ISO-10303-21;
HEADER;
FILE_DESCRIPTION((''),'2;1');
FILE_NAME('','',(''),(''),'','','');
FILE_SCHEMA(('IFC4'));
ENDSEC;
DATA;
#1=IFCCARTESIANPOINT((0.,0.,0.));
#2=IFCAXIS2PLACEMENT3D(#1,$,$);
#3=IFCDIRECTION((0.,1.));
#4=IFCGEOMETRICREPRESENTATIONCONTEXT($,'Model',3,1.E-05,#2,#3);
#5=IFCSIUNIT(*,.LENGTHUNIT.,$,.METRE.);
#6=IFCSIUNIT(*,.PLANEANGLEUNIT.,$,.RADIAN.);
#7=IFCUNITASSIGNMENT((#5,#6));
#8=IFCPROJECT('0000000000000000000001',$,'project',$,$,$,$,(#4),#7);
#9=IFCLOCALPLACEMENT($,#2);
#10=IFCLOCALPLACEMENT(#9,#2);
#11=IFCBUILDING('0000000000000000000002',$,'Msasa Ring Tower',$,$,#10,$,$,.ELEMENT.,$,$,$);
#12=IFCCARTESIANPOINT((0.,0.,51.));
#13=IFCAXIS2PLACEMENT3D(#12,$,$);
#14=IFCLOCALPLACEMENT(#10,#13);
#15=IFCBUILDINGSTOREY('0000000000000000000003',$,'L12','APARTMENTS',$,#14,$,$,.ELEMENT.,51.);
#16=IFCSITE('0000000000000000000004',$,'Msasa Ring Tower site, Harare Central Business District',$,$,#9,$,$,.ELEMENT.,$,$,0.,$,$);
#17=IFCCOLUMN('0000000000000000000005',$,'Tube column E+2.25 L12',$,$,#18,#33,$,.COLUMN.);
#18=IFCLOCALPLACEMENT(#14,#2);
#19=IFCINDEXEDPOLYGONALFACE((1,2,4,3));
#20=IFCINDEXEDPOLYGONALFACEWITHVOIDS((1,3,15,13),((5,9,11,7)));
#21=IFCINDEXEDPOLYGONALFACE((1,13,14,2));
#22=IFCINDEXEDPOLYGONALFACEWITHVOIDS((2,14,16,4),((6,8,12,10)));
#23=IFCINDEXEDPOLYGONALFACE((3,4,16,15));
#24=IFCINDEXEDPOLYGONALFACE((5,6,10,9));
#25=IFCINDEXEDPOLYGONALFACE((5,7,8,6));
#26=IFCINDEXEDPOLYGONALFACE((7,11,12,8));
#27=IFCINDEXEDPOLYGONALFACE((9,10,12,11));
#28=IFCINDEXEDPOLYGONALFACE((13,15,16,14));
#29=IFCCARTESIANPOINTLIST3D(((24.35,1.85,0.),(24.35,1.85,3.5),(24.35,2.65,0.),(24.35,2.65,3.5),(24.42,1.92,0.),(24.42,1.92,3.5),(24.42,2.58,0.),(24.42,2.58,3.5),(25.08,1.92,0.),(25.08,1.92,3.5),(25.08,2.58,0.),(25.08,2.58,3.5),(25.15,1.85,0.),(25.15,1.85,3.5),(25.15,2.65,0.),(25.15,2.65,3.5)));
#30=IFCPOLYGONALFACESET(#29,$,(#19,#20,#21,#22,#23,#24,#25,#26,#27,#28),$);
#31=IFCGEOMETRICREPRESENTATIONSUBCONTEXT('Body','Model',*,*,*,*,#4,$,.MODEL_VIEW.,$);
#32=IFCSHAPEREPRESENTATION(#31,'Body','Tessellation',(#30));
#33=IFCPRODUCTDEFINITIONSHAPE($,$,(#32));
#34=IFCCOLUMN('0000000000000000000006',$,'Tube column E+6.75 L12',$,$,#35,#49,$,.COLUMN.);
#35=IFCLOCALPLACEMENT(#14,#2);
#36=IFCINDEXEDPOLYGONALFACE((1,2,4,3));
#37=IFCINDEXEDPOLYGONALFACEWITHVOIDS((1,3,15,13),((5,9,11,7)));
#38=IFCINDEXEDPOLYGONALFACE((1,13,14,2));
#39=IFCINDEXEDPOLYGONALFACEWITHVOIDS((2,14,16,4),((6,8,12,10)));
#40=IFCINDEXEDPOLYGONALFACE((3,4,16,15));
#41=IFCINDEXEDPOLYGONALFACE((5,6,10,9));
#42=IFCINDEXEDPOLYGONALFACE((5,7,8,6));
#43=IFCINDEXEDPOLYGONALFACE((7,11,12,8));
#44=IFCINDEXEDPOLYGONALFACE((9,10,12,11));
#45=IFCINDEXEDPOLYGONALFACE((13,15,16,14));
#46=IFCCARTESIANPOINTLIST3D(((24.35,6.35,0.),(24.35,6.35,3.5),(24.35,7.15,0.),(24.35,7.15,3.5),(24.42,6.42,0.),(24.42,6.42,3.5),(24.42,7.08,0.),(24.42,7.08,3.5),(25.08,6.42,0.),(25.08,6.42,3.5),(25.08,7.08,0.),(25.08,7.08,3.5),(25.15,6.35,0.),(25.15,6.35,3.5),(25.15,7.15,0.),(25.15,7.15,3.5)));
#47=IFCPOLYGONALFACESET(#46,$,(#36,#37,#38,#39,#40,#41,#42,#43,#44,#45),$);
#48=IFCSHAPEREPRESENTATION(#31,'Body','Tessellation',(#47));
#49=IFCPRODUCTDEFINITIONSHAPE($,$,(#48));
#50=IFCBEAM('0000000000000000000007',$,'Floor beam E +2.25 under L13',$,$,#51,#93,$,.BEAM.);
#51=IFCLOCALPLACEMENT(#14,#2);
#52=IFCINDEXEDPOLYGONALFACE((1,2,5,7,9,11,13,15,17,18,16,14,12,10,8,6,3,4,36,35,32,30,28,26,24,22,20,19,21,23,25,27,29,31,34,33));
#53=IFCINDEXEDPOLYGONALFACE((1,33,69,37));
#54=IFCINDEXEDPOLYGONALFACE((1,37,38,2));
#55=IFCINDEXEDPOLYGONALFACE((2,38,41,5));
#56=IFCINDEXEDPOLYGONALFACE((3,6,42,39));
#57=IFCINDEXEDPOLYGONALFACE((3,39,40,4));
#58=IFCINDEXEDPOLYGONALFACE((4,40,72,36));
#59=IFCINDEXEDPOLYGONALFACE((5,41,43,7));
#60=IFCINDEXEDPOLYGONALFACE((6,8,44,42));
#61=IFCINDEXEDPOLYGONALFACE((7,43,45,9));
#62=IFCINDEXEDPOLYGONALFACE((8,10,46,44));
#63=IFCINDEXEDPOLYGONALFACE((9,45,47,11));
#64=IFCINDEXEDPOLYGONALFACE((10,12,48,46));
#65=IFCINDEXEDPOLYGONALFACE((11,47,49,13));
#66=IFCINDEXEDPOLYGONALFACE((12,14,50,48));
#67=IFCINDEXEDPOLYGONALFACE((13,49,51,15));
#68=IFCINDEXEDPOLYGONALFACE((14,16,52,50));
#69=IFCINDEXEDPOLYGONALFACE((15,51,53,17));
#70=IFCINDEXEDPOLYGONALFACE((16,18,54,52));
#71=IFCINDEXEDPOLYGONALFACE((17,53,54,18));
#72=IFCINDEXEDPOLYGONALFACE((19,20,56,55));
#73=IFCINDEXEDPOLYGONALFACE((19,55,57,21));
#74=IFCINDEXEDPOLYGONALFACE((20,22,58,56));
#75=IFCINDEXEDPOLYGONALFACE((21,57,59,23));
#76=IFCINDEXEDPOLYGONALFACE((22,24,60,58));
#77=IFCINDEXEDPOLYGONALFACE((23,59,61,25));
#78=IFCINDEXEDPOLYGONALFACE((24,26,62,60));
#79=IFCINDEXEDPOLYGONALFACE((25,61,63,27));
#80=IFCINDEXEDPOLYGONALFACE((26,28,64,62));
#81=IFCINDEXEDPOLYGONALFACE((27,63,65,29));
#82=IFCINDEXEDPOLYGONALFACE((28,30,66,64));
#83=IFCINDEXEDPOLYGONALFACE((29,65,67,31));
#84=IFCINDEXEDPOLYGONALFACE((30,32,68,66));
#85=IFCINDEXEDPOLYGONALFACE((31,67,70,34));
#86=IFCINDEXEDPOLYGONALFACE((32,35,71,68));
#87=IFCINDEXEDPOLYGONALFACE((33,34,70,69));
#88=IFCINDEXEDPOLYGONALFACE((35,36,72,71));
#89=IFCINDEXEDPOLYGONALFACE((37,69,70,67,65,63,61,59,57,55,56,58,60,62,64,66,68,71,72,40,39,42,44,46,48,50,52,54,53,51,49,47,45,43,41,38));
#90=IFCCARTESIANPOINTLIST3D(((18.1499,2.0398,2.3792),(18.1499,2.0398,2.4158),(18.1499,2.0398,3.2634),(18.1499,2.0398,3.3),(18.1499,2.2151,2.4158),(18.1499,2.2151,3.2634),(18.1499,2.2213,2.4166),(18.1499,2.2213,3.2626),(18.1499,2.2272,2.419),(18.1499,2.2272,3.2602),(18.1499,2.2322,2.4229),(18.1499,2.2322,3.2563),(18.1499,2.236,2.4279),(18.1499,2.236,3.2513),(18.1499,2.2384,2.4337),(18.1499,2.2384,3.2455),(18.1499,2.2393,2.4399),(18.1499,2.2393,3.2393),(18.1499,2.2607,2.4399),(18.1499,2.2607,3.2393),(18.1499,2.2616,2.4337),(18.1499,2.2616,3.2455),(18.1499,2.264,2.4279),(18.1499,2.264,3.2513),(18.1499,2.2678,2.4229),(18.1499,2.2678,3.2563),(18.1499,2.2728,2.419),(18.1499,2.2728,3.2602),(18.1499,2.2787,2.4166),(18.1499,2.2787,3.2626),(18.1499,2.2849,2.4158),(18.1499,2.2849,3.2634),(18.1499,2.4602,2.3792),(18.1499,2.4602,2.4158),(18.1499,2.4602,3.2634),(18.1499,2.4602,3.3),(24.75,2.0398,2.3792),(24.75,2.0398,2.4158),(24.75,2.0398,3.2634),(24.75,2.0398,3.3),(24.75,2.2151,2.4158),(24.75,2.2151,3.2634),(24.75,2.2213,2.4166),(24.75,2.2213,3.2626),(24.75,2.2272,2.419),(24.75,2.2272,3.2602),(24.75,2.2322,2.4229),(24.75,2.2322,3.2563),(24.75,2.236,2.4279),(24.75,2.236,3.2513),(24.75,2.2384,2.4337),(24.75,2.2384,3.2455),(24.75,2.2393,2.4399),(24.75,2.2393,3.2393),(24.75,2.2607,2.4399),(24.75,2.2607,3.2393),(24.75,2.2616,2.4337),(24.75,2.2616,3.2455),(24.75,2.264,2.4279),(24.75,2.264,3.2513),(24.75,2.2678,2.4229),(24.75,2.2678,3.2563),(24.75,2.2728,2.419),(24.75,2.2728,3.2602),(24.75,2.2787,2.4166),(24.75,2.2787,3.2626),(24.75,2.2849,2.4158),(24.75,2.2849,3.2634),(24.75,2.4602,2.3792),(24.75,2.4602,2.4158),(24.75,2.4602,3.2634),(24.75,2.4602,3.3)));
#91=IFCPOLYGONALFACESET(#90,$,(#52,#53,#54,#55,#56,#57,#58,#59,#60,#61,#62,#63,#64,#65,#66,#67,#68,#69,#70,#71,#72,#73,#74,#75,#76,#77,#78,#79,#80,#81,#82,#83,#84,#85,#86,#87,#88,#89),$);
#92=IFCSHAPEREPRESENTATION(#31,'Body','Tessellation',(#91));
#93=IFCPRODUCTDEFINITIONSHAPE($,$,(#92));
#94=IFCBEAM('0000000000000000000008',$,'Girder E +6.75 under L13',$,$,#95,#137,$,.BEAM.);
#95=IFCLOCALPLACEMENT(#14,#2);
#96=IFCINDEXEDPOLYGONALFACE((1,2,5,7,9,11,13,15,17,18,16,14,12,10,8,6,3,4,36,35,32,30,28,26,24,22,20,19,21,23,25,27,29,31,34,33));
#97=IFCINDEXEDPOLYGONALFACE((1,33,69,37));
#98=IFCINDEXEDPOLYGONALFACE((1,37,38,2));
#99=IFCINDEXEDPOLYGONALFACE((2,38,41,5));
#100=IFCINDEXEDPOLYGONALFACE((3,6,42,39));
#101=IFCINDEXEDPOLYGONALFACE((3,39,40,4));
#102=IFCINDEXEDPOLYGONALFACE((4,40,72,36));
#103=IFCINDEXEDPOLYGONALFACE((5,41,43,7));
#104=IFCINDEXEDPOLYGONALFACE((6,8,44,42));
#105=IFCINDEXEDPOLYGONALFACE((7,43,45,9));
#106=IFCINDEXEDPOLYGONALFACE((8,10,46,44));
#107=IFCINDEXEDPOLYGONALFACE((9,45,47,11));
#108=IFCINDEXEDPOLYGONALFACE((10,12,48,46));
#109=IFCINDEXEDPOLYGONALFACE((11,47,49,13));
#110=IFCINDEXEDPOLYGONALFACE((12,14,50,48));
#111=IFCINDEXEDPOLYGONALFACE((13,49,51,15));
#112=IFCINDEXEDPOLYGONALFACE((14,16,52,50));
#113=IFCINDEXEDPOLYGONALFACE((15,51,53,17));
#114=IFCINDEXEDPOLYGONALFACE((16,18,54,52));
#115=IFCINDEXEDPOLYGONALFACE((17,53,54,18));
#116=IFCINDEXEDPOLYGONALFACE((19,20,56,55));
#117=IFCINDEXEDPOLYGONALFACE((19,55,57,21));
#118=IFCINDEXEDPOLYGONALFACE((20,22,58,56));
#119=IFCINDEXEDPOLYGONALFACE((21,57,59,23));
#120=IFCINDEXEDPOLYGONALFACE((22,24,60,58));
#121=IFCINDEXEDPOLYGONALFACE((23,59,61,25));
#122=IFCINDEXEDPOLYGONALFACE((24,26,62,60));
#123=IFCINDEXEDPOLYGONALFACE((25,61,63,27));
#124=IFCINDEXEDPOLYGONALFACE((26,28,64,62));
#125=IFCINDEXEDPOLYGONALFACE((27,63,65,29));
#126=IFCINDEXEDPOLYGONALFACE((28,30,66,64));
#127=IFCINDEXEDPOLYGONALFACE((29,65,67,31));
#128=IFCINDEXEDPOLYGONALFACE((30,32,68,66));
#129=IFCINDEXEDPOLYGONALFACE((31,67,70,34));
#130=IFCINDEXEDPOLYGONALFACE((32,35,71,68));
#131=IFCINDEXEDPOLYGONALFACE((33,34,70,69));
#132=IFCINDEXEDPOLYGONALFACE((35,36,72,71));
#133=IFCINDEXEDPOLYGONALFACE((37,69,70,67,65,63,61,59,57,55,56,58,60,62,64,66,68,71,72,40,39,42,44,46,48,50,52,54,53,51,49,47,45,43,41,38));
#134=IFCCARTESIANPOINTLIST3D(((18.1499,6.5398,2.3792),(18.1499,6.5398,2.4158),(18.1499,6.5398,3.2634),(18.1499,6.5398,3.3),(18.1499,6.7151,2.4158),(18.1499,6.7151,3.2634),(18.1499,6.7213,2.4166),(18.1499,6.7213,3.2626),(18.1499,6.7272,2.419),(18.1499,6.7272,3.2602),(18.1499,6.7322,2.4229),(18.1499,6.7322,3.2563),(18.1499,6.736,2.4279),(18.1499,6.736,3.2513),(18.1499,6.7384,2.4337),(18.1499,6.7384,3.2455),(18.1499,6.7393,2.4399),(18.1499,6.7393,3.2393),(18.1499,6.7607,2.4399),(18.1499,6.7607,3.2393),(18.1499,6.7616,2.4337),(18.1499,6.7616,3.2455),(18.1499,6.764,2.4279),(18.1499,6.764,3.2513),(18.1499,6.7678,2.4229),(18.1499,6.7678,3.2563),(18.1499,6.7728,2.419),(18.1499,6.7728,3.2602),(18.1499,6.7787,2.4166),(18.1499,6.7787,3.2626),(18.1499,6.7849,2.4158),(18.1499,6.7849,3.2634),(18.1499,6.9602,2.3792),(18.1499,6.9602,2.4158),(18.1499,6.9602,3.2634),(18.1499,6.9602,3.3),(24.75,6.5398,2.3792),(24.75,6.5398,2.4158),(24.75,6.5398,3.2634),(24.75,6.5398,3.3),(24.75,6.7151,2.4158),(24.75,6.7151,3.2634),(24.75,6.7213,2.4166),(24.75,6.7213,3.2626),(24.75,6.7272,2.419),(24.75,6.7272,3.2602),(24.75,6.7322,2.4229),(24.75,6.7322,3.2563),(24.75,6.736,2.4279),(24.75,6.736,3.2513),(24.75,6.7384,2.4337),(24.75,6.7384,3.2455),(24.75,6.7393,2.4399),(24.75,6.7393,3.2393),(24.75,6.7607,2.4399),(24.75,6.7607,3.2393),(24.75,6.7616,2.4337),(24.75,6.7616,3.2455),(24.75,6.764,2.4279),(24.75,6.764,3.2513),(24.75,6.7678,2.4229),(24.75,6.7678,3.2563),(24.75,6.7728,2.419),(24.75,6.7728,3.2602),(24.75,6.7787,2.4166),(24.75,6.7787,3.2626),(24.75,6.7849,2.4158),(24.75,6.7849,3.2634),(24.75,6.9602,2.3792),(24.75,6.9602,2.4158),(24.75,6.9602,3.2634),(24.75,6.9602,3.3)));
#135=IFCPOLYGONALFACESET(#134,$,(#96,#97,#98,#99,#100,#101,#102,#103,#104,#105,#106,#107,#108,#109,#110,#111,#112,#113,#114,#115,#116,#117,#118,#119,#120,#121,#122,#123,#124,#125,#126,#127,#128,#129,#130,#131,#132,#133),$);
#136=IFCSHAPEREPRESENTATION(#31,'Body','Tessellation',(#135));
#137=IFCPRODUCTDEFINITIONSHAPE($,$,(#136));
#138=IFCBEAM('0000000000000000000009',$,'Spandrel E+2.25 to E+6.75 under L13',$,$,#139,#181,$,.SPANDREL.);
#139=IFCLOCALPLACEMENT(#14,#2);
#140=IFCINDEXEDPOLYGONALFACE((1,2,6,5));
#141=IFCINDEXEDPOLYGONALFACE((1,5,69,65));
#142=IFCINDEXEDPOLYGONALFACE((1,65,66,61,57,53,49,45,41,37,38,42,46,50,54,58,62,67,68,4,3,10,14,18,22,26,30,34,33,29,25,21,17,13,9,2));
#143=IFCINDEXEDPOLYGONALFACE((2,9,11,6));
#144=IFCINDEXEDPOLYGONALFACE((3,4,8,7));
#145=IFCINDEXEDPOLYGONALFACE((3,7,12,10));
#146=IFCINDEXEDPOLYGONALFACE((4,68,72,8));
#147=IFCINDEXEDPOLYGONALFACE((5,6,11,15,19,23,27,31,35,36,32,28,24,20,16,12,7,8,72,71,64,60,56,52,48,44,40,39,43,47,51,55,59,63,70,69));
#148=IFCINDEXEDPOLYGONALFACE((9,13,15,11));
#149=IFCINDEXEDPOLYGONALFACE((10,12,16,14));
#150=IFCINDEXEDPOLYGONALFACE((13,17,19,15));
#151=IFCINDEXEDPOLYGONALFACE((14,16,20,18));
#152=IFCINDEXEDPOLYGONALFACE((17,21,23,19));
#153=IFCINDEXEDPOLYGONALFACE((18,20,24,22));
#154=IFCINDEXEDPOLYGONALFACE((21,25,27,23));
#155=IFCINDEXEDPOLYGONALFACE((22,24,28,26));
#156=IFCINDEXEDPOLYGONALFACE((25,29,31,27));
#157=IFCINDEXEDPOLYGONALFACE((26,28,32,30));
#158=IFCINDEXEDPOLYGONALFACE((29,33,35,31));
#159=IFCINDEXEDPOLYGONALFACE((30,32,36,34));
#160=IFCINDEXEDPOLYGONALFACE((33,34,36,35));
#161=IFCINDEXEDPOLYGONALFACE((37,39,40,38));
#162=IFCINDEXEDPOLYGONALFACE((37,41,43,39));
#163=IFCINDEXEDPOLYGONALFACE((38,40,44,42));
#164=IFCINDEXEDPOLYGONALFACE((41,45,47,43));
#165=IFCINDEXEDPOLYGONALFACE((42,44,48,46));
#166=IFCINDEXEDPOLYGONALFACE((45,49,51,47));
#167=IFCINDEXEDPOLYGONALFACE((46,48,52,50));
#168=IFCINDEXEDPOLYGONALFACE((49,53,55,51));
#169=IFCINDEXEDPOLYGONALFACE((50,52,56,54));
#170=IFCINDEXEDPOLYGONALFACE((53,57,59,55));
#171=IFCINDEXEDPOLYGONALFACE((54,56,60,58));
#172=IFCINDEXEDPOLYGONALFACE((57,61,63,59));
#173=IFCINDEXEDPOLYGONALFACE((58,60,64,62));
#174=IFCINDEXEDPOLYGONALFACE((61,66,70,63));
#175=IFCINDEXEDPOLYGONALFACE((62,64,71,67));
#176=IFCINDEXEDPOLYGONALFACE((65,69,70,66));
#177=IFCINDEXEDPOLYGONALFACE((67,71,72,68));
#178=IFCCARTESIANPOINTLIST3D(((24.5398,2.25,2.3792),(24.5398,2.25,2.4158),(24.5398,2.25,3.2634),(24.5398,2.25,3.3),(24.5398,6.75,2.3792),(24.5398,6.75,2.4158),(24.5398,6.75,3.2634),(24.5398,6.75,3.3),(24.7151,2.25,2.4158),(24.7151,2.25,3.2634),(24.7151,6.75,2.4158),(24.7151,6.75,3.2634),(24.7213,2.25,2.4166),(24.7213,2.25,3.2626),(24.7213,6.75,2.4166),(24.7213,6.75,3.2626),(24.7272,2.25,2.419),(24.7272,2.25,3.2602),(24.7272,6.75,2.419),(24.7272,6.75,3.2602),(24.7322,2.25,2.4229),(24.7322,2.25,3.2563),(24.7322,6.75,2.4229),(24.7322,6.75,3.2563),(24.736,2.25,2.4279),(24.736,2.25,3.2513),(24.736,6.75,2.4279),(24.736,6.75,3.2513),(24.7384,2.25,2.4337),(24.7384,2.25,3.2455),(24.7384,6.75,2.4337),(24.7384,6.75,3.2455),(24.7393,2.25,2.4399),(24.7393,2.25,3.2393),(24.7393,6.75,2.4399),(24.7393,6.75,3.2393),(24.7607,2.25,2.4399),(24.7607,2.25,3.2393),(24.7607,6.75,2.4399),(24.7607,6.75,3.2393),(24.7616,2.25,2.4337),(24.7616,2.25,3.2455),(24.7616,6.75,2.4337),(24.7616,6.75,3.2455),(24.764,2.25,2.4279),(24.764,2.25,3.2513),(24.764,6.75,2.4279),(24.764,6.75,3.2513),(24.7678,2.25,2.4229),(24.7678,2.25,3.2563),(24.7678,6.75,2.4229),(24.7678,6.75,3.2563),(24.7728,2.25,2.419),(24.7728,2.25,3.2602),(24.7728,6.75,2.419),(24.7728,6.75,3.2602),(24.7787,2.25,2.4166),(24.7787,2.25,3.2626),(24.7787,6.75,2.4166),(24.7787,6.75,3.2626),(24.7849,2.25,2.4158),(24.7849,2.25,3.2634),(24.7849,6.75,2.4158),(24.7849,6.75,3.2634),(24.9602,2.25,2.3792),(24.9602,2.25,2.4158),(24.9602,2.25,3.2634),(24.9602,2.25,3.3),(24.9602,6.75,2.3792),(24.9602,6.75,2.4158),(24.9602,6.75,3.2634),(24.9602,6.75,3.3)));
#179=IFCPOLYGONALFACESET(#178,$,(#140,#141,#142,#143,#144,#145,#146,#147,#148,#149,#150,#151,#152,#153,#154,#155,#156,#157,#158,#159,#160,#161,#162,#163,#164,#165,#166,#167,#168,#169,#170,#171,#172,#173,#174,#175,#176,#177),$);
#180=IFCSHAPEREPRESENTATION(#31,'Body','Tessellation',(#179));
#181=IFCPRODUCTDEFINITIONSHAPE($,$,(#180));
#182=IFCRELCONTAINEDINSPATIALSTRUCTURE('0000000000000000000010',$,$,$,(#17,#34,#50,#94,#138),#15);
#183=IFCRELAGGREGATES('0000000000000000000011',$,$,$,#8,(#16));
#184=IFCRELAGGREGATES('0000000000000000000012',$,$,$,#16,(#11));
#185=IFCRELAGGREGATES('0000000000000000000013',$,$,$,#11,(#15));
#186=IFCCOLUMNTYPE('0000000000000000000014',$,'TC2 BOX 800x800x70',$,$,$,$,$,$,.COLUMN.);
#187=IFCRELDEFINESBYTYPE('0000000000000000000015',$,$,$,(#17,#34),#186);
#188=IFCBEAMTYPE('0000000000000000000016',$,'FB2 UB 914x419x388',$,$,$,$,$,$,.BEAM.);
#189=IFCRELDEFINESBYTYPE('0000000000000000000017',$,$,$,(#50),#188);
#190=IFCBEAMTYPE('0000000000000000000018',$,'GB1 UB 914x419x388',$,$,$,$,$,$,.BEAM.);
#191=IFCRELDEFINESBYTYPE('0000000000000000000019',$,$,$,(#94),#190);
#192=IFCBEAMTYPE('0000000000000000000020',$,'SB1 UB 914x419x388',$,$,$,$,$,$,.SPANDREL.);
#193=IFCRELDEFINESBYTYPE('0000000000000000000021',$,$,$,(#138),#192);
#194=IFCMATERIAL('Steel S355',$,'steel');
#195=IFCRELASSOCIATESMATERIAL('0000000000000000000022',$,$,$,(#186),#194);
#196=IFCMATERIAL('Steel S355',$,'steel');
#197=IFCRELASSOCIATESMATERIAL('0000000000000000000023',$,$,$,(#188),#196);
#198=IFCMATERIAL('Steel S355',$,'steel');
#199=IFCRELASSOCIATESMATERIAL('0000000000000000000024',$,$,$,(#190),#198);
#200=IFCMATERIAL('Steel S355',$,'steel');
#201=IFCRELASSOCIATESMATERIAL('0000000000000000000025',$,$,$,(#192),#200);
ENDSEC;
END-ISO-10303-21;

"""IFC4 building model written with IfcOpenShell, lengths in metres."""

from ifc_helpers import new_model, si_unit, direction, frame, origin, origin_2d, place, context, subcontext, project, spatial, hollow_rectangle, i_section, extrude, material, material_profile, profile_set, type_object, element, save


model = new_model("IFC4")

# Units and contexts
model_context = context("Model", 3, precision=1e-05, world=origin(), true_north=direction((0.0, 1.0)))
body_context = subcontext(model_context, "Body", "Model", "MODEL_VIEW")
ifc_project = project(units=[si_unit("LENGTHUNIT", "METRE"), si_unit("PLANEANGLEUNIT", "RADIAN")], contexts=[model_context])

# Site, building, storey
site_placement = place(None, origin())
site = spatial("IfcSite", under=ifc_project, at=site_placement, Name="Msasa Ring Tower site, Harare Central Business District", CompositionType="ELEMENT", RefElevation=0.0)
building_placement = place(site_placement, origin())
building = spatial("IfcBuilding", under=site, at=building_placement, Name="Msasa Ring Tower", CompositionType="ELEMENT")
storey_placement = place(building_placement, frame((0.0, 0.0, 51.0)))
storey = spatial("IfcBuildingStorey", under=building, at=storey_placement, Name="L12", Description="APARTMENTS", CompositionType="ELEMENT", Elevation=51.0)

# Columns
ifc_material_1 = material(Name="Steel S355", Category="steel")
ifc_material_profile_1 = material_profile(ifc_material_1, hollow_rectangle(XDim=0.8, YDim=0.8, WallThickness=0.0701, at=origin_2d()), Name="BOX 800x800x70")
ifc_profile_set_1 = profile_set([ifc_material_profile_1], Name="Steel S355")
column_type = type_object("IfcColumnType", Name="TC2 BOX 800x800x70", PredefinedType="COLUMN", material=ifc_profile_set_1)
for number, where, z_axis, x_axis, name in (
    (1, (24.75, 2.25, 0.0), (0.0, 0.0, 1.0), (1.0, 0.0, 0.0), "Tube column E+2.25 L12"),
    (2, (24.75, 6.75, 0.0), (0.0, 0.0, 1.0), (1.0, 0.0, 0.0), "Tube column E+6.75 L12"),
):
    element("IfcColumn", number, at=place(storey_placement, frame(where, z_axis=z_axis, x_axis=x_axis)), inside=storey, type_object=column_type, Name=name, PredefinedType="COLUMN", context=body_context, shape_type="SweptSolid", body=[
        extrude(hollow_rectangle(XDim=0.8, YDim=0.8, WallThickness=0.0701, at=origin_2d()), origin(), (0.0, 0.0, 1.0), 3.5),
    ])

# Beams
ifc_material_2 = material(Name="Steel S355", Category="steel")
ifc_material_profile_2 = material_profile(ifc_material_2, i_section(OverallWidth=0.4204, OverallDepth=0.9209, WebThickness=0.0215, FlangeThickness=0.0366, FilletRadius=0.0242, at=origin_2d()), Name="UB 914x419x388")
ifc_profile_set_2 = profile_set([ifc_material_profile_2], Name="Steel S355")
beam_type_1 = type_object("IfcBeamType", Name="FB2 UB 914x419x388", PredefinedType="BEAM", material=ifc_profile_set_2)
beam_1_placement = place(storey_placement, frame((24.75, 2.25, 2.8396), z_axis=(-1.0, 0.0, 0.0), x_axis=(0.0, -1.0, 0.0)))
element("IfcBeam", 3, at=beam_1_placement, inside=storey, type_object=beam_type_1, Name="Floor beam E +2.25 under L13", PredefinedType="BEAM", context=body_context, shape_type="SweptSolid", body=[
    extrude(i_section(OverallWidth=0.4204, OverallDepth=0.9209, WebThickness=0.0215, FlangeThickness=0.0366, FilletRadius=0.0242, at=origin_2d()), origin(), (0.0, 0.0, 1.0), 6.6001),
])
ifc_material_3 = material(Name="Steel S355", Category="steel")
ifc_material_profile_3 = material_profile(ifc_material_3, i_section(OverallWidth=0.4204, OverallDepth=0.9209, WebThickness=0.0215, FlangeThickness=0.0366, FilletRadius=0.0242, at=origin_2d()), Name="UB 914x419x388")
ifc_profile_set_3 = profile_set([ifc_material_profile_3], Name="Steel S355")
beam_type_2 = type_object("IfcBeamType", Name="GB1 UB 914x419x388", PredefinedType="BEAM", material=ifc_profile_set_3)
beam_2_placement = place(storey_placement, frame((18.1499, 6.75, 2.8396), z_axis=(1.0, 0.0, 0.0), x_axis=(0.0, 1.0, 0.0)))
element("IfcBeam", 4, at=beam_2_placement, inside=storey, type_object=beam_type_2, Name="Girder E +6.75 under L13", PredefinedType="BEAM", context=body_context, shape_type="SweptSolid", body=[
    extrude(i_section(OverallWidth=0.4204, OverallDepth=0.9209, WebThickness=0.0215, FlangeThickness=0.0366, FilletRadius=0.0242, at=origin_2d()), origin(), (0.0, 0.0, 1.0), 6.6001),
])
ifc_material_4 = material(Name="Steel S355", Category="steel")
ifc_material_profile_4 = material_profile(ifc_material_4, i_section(OverallWidth=0.4204, OverallDepth=0.9209, WebThickness=0.0215, FlangeThickness=0.0366, FilletRadius=0.0242, at=origin_2d()), Name="UB 914x419x388")
ifc_profile_set_4 = profile_set([ifc_material_profile_4], Name="Steel S355")
beam_type_3 = type_object("IfcBeamType", Name="SB1 UB 914x419x388", PredefinedType="SPANDREL", material=ifc_profile_set_4)
for number, where, z_axis, x_axis, name in (
    (5, (24.75, 2.25, 2.8396), (0.0, 1.0, 0.0), (-1.0, 0.0, 0.0), "Spandrel E+2.25 to E+6.75 under L13"),
):
    element("IfcBeam", number, at=place(storey_placement, frame(where, z_axis=z_axis, x_axis=x_axis)), inside=storey, type_object=beam_type_3, Name=name, PredefinedType="SPANDREL", context=body_context, shape_type="SweptSolid", body=[
        extrude(i_section(OverallWidth=0.4204, OverallDepth=0.9209, WebThickness=0.0215, FlangeThickness=0.0366, FilletRadius=0.0242, at=origin_2d()), origin(), (0.0, 0.0, 1.0), 4.5),
    ])

save(model, "model.ifc")
